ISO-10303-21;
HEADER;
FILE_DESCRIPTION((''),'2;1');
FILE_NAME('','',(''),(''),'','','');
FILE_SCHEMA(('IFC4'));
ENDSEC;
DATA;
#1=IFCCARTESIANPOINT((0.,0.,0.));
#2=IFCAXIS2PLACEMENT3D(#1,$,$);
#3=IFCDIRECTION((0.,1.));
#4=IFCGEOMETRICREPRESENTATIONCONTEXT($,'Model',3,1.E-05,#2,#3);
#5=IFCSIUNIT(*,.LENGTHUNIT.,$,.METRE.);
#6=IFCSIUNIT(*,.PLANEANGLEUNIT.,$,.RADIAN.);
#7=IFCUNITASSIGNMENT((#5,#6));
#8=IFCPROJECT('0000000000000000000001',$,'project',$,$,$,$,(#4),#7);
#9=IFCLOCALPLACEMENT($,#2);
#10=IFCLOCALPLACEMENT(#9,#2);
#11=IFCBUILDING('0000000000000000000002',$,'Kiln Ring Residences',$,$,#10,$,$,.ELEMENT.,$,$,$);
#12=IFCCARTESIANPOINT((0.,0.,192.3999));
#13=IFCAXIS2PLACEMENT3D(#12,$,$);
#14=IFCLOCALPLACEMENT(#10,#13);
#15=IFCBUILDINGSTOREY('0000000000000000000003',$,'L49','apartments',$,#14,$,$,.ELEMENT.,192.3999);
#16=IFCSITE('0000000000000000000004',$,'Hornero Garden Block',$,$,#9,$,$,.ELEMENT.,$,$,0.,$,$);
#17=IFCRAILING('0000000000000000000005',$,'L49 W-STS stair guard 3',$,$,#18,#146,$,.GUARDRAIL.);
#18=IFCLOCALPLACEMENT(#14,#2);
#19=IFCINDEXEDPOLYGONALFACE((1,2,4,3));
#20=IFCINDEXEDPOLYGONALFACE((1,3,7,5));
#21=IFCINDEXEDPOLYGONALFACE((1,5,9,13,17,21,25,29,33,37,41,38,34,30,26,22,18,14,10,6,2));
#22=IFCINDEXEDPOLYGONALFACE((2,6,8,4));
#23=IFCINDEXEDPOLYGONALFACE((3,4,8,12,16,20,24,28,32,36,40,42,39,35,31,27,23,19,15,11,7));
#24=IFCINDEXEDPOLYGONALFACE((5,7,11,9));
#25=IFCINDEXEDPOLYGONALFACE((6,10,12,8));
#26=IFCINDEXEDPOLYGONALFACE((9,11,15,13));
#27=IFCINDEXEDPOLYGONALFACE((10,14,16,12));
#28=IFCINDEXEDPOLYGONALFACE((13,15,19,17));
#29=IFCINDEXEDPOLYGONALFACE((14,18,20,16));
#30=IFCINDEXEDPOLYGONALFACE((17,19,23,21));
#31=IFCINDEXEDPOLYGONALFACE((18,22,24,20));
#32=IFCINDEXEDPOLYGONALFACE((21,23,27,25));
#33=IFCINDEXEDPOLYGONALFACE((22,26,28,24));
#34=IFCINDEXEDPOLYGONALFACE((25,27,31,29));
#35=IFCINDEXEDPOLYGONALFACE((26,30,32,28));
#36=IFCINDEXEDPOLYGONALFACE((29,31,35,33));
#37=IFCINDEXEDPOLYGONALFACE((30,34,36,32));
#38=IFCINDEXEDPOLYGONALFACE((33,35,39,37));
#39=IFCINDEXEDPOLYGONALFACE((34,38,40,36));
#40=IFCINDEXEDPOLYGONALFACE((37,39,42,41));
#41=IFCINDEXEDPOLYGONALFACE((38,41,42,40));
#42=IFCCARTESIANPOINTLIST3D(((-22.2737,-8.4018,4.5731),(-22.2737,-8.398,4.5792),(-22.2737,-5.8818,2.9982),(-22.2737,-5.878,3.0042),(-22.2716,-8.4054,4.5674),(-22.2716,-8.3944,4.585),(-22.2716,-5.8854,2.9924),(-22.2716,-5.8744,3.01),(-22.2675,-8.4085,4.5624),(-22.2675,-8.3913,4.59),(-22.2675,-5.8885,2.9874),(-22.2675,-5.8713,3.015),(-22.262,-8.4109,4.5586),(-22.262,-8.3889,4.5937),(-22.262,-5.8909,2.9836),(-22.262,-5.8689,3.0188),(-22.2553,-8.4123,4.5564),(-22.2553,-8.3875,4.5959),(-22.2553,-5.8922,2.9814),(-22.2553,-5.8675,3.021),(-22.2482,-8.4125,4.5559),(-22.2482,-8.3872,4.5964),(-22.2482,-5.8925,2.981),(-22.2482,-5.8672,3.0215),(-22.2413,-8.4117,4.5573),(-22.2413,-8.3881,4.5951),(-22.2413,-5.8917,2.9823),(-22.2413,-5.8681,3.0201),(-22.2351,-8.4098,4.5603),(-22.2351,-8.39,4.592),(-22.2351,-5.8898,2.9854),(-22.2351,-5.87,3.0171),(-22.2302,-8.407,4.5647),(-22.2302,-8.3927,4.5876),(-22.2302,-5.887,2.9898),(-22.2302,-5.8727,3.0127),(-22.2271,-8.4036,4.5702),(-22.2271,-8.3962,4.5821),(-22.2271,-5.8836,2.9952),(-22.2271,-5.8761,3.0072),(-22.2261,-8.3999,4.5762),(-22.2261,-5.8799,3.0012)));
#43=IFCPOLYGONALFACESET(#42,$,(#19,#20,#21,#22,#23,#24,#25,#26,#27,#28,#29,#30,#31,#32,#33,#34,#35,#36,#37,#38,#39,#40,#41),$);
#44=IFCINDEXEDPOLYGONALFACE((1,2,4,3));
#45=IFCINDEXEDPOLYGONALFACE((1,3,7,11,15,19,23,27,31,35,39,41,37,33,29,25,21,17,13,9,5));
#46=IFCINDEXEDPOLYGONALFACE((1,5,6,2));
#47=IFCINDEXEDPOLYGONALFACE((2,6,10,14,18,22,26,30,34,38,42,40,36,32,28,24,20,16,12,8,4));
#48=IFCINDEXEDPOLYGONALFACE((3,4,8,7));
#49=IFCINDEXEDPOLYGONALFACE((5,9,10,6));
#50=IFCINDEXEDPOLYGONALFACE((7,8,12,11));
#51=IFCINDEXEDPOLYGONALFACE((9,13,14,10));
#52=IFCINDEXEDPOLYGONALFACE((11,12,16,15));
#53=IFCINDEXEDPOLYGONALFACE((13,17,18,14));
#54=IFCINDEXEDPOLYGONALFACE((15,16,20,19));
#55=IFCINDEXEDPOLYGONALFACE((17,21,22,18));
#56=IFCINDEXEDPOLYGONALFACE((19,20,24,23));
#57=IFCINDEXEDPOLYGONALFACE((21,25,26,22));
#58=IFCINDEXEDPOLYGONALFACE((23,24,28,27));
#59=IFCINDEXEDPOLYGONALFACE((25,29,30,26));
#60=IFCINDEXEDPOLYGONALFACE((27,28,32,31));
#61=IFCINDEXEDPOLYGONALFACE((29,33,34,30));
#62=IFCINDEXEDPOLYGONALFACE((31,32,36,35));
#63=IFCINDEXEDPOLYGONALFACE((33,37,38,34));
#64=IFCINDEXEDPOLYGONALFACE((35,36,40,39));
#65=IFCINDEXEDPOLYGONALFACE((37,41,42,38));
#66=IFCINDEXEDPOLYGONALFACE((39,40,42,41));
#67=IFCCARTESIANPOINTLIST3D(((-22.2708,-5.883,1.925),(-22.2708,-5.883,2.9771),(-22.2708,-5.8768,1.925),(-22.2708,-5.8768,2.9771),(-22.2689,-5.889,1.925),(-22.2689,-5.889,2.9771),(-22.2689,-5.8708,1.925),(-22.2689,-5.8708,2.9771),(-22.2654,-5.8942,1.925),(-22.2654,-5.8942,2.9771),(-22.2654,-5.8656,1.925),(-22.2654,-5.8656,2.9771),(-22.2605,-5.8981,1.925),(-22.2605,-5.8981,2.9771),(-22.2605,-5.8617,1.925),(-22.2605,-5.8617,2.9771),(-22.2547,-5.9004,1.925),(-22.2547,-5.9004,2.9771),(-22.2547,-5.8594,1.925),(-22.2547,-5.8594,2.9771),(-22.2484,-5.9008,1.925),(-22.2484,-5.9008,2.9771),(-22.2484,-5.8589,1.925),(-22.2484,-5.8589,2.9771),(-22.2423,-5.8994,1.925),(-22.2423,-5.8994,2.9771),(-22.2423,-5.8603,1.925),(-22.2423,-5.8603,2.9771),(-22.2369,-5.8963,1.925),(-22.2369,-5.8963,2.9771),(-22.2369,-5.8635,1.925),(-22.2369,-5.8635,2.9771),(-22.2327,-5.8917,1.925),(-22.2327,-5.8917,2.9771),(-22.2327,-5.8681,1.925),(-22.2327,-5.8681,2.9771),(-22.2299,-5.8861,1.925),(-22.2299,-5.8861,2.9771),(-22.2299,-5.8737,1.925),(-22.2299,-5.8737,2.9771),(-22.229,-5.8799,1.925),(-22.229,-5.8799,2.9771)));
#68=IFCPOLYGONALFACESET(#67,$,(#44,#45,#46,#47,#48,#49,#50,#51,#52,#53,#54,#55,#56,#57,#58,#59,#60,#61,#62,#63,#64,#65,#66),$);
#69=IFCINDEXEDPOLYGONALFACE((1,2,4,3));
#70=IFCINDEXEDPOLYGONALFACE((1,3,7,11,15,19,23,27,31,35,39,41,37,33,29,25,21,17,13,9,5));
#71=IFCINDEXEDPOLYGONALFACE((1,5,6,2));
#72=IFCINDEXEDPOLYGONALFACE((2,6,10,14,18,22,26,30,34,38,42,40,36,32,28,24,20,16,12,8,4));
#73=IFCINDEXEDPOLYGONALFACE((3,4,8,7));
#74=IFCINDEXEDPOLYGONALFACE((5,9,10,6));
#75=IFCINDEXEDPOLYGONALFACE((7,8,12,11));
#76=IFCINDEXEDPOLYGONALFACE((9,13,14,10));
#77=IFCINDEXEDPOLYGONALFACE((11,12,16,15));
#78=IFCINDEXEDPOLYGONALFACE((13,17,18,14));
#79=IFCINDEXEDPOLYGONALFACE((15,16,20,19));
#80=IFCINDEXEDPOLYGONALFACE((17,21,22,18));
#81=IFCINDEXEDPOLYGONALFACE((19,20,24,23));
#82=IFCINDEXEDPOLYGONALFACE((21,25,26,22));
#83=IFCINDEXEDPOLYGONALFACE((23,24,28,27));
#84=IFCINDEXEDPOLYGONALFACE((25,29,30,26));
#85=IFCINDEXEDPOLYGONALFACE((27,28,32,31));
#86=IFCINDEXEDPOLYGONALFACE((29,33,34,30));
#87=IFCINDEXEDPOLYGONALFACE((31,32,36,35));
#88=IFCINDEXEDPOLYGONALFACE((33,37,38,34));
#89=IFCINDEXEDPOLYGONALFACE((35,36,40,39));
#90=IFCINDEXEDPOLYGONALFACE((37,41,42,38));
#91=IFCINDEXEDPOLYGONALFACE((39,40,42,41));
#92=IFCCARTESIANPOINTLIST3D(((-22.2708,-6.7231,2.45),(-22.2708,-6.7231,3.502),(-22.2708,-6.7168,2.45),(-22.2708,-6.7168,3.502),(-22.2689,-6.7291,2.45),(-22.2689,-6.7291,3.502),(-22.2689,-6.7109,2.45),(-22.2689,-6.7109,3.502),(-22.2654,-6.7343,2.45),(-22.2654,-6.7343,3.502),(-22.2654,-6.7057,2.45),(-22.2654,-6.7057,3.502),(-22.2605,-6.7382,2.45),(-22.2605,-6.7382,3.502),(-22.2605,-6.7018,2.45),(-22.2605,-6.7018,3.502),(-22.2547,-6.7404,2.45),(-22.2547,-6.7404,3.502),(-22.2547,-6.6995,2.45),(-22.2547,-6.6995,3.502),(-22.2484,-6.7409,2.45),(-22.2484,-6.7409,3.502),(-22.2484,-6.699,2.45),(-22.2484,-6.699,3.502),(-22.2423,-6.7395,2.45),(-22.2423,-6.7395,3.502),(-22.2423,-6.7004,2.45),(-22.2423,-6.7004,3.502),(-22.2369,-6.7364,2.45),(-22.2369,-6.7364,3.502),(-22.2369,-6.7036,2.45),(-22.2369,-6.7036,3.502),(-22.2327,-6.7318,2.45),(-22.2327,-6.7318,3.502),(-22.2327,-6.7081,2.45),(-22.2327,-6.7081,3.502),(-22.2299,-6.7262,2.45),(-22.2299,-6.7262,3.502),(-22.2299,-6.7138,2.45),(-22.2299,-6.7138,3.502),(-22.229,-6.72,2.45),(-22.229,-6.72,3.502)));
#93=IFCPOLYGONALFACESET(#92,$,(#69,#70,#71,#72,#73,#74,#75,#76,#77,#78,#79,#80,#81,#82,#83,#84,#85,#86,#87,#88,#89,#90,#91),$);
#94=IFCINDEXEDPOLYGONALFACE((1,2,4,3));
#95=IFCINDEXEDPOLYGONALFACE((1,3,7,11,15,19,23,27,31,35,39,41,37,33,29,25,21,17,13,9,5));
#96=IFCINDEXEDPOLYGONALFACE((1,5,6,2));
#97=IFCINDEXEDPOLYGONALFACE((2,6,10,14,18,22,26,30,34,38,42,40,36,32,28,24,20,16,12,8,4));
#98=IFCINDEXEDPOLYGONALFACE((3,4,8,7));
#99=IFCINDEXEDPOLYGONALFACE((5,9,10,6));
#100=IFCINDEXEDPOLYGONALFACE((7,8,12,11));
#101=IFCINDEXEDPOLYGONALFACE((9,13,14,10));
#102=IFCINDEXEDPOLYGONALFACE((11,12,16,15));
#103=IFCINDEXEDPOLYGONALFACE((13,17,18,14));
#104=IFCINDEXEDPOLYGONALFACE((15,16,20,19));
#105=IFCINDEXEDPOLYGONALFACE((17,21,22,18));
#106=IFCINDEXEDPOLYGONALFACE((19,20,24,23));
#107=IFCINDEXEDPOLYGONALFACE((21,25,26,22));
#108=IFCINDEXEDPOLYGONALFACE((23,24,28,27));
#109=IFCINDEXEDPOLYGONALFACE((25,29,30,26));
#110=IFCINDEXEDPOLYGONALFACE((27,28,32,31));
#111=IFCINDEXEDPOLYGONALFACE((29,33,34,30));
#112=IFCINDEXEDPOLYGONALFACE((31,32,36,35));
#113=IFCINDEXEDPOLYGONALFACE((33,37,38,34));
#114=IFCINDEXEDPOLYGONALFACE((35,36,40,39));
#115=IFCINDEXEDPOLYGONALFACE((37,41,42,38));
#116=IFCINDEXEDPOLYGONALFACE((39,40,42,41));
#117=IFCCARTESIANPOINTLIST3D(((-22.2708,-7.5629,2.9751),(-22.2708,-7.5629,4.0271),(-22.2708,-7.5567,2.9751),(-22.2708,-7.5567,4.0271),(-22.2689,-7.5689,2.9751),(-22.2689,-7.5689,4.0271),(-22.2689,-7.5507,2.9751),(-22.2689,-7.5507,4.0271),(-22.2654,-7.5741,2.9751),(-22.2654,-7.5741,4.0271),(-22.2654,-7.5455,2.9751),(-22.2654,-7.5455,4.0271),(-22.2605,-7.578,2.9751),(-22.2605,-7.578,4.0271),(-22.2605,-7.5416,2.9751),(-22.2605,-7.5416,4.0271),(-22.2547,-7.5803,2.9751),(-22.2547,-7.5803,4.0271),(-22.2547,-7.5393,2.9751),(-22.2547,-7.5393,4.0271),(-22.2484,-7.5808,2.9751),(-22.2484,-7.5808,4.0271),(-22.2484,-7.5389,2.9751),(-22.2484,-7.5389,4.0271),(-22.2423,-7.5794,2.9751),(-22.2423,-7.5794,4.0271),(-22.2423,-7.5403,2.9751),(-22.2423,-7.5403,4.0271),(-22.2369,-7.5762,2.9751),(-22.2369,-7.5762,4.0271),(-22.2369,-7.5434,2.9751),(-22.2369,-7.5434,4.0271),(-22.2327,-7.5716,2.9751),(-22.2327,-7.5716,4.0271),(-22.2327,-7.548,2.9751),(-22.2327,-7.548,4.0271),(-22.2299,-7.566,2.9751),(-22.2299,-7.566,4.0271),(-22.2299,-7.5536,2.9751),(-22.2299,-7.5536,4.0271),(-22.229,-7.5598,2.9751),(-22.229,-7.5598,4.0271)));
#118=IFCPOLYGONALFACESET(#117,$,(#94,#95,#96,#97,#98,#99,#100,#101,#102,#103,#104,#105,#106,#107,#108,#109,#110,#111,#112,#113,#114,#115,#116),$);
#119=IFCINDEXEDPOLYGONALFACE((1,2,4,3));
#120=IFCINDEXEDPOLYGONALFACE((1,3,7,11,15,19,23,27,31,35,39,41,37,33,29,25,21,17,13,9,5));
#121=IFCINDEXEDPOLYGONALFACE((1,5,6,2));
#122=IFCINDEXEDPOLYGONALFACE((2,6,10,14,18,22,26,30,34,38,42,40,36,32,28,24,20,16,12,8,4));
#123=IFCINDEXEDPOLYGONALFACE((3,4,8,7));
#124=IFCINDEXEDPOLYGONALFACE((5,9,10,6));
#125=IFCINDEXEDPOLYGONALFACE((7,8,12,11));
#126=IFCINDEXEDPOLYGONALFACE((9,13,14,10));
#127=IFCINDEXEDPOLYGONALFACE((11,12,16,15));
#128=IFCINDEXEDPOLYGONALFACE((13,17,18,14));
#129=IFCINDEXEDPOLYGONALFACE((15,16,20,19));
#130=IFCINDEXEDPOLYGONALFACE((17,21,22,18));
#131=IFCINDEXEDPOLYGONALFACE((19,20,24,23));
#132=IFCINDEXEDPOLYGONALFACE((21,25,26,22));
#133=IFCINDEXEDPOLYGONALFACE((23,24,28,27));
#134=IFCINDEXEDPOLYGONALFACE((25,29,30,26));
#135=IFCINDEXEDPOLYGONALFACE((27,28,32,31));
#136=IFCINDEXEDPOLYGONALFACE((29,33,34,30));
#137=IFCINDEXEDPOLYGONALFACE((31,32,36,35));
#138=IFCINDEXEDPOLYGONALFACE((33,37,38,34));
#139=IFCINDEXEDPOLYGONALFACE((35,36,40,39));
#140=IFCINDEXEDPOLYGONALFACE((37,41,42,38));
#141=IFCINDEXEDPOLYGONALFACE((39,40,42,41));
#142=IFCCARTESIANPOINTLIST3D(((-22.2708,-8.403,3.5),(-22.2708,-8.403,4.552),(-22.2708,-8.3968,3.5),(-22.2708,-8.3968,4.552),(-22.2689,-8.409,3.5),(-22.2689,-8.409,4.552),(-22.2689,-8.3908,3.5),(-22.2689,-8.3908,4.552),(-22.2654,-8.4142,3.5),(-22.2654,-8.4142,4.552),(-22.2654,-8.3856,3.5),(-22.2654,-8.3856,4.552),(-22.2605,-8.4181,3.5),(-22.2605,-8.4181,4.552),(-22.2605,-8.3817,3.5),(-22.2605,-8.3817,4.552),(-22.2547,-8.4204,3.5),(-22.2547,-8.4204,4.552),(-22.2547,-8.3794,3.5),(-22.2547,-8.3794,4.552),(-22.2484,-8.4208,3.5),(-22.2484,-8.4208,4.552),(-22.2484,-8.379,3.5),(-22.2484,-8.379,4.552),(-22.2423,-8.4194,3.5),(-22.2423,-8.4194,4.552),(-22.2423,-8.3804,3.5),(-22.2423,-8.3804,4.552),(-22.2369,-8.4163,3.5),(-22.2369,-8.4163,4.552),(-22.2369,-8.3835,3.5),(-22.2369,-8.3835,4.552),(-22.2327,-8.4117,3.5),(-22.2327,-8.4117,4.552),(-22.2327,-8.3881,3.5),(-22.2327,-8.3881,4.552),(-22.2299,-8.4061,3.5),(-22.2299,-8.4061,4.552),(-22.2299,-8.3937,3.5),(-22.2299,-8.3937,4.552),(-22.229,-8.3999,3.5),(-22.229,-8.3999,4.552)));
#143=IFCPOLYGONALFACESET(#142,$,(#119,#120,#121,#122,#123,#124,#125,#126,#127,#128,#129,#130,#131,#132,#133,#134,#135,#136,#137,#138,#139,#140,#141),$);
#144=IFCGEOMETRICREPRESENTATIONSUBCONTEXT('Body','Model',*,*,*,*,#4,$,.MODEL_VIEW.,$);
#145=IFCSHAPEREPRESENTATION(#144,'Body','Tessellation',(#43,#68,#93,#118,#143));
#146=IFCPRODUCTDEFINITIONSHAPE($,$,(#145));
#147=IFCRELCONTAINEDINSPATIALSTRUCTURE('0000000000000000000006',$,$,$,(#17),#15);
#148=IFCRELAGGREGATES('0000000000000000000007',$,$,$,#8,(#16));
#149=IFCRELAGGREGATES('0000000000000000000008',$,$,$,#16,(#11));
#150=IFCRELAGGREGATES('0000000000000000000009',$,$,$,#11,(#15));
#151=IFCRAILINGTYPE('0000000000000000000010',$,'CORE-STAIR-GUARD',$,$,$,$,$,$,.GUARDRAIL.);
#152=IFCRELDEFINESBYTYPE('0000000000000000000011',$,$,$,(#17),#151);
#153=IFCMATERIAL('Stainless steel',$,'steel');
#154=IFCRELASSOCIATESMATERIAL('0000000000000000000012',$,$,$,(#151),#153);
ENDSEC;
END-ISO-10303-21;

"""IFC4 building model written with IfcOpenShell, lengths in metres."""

from ifc_helpers import new_model, si_unit, direction, frame, origin, origin_2d, place, context, subcontext, project, spatial, circle, extrude, material, type_object, element, save


model = new_model("IFC4")

# Units and contexts
model_context = context("Model", 3, precision=1e-05, world=origin(), true_north=direction((0.0, 1.0)))
body_context = subcontext(model_context, "Body", "Model", "MODEL_VIEW")
ifc_project = project(units=[si_unit("LENGTHUNIT", "METRE"), si_unit("PLANEANGLEUNIT", "RADIAN")], contexts=[model_context])

# Site, building, storey
site_placement = place(None, origin())
site = spatial("IfcSite", under=ifc_project, at=site_placement, Name="Hornero Garden Block", CompositionType="ELEMENT", RefElevation=0.0)
building_placement = place(site_placement, origin())
building = spatial("IfcBuilding", under=site, at=building_placement, Name="Kiln Ring Residences", CompositionType="ELEMENT")
storey_placement = place(building_placement, frame((0.0, 0.0, 192.3999)))
storey = spatial("IfcBuildingStorey", under=building, at=storey_placement, Name="L49", Description="apartments", CompositionType="ELEMENT", Elevation=192.3999)

# Railing
ifc_material_1 = material(Name="Stainless steel", Category="steel")
railing_type_1 = type_object("IfcRailingType", Name="CORE-STAIR-GUARD", PredefinedType="GUARDRAIL", material=ifc_material_1)
railing_1_placement = place(storey_placement, frame((-22.25, -5.8799, 1.925)))
element("IfcRailing", 1, at=railing_1_placement, inside=storey, type_object=railing_type_1, Name="L49 W-STS stair guard 3", PredefinedType="GUARDRAIL", context=body_context, shape_type="SweptSolid", body=[
    extrude(circle(Radius=0.0239, at=origin_2d()), frame((0.0, 0.0, 1.0762), z_axis=(0.0, -0.848008, 0.529984), x_axis=(1.0, 0.0, 0.0)), (0.0, 0.0, 1.0), 2.9717),
    extrude(circle(Radius=0.021, at=origin_2d()), origin(), (0.0, 0.0, 1.0), 1.052),
    extrude(circle(Radius=0.021, at=origin_2d()), frame((0.0, -0.8401, 0.5249)), (0.0, 0.0, 1.0), 1.052),
    extrude(circle(Radius=0.021, at=origin_2d()), frame((0.0, -1.6799, 1.05)), (0.0, 0.0, 1.0), 1.052),
    extrude(circle(Radius=0.021, at=origin_2d()), frame((0.0, -2.52, 1.575)), (0.0, 0.0, 1.0), 1.052),
])

save(model, "model.ifc")
